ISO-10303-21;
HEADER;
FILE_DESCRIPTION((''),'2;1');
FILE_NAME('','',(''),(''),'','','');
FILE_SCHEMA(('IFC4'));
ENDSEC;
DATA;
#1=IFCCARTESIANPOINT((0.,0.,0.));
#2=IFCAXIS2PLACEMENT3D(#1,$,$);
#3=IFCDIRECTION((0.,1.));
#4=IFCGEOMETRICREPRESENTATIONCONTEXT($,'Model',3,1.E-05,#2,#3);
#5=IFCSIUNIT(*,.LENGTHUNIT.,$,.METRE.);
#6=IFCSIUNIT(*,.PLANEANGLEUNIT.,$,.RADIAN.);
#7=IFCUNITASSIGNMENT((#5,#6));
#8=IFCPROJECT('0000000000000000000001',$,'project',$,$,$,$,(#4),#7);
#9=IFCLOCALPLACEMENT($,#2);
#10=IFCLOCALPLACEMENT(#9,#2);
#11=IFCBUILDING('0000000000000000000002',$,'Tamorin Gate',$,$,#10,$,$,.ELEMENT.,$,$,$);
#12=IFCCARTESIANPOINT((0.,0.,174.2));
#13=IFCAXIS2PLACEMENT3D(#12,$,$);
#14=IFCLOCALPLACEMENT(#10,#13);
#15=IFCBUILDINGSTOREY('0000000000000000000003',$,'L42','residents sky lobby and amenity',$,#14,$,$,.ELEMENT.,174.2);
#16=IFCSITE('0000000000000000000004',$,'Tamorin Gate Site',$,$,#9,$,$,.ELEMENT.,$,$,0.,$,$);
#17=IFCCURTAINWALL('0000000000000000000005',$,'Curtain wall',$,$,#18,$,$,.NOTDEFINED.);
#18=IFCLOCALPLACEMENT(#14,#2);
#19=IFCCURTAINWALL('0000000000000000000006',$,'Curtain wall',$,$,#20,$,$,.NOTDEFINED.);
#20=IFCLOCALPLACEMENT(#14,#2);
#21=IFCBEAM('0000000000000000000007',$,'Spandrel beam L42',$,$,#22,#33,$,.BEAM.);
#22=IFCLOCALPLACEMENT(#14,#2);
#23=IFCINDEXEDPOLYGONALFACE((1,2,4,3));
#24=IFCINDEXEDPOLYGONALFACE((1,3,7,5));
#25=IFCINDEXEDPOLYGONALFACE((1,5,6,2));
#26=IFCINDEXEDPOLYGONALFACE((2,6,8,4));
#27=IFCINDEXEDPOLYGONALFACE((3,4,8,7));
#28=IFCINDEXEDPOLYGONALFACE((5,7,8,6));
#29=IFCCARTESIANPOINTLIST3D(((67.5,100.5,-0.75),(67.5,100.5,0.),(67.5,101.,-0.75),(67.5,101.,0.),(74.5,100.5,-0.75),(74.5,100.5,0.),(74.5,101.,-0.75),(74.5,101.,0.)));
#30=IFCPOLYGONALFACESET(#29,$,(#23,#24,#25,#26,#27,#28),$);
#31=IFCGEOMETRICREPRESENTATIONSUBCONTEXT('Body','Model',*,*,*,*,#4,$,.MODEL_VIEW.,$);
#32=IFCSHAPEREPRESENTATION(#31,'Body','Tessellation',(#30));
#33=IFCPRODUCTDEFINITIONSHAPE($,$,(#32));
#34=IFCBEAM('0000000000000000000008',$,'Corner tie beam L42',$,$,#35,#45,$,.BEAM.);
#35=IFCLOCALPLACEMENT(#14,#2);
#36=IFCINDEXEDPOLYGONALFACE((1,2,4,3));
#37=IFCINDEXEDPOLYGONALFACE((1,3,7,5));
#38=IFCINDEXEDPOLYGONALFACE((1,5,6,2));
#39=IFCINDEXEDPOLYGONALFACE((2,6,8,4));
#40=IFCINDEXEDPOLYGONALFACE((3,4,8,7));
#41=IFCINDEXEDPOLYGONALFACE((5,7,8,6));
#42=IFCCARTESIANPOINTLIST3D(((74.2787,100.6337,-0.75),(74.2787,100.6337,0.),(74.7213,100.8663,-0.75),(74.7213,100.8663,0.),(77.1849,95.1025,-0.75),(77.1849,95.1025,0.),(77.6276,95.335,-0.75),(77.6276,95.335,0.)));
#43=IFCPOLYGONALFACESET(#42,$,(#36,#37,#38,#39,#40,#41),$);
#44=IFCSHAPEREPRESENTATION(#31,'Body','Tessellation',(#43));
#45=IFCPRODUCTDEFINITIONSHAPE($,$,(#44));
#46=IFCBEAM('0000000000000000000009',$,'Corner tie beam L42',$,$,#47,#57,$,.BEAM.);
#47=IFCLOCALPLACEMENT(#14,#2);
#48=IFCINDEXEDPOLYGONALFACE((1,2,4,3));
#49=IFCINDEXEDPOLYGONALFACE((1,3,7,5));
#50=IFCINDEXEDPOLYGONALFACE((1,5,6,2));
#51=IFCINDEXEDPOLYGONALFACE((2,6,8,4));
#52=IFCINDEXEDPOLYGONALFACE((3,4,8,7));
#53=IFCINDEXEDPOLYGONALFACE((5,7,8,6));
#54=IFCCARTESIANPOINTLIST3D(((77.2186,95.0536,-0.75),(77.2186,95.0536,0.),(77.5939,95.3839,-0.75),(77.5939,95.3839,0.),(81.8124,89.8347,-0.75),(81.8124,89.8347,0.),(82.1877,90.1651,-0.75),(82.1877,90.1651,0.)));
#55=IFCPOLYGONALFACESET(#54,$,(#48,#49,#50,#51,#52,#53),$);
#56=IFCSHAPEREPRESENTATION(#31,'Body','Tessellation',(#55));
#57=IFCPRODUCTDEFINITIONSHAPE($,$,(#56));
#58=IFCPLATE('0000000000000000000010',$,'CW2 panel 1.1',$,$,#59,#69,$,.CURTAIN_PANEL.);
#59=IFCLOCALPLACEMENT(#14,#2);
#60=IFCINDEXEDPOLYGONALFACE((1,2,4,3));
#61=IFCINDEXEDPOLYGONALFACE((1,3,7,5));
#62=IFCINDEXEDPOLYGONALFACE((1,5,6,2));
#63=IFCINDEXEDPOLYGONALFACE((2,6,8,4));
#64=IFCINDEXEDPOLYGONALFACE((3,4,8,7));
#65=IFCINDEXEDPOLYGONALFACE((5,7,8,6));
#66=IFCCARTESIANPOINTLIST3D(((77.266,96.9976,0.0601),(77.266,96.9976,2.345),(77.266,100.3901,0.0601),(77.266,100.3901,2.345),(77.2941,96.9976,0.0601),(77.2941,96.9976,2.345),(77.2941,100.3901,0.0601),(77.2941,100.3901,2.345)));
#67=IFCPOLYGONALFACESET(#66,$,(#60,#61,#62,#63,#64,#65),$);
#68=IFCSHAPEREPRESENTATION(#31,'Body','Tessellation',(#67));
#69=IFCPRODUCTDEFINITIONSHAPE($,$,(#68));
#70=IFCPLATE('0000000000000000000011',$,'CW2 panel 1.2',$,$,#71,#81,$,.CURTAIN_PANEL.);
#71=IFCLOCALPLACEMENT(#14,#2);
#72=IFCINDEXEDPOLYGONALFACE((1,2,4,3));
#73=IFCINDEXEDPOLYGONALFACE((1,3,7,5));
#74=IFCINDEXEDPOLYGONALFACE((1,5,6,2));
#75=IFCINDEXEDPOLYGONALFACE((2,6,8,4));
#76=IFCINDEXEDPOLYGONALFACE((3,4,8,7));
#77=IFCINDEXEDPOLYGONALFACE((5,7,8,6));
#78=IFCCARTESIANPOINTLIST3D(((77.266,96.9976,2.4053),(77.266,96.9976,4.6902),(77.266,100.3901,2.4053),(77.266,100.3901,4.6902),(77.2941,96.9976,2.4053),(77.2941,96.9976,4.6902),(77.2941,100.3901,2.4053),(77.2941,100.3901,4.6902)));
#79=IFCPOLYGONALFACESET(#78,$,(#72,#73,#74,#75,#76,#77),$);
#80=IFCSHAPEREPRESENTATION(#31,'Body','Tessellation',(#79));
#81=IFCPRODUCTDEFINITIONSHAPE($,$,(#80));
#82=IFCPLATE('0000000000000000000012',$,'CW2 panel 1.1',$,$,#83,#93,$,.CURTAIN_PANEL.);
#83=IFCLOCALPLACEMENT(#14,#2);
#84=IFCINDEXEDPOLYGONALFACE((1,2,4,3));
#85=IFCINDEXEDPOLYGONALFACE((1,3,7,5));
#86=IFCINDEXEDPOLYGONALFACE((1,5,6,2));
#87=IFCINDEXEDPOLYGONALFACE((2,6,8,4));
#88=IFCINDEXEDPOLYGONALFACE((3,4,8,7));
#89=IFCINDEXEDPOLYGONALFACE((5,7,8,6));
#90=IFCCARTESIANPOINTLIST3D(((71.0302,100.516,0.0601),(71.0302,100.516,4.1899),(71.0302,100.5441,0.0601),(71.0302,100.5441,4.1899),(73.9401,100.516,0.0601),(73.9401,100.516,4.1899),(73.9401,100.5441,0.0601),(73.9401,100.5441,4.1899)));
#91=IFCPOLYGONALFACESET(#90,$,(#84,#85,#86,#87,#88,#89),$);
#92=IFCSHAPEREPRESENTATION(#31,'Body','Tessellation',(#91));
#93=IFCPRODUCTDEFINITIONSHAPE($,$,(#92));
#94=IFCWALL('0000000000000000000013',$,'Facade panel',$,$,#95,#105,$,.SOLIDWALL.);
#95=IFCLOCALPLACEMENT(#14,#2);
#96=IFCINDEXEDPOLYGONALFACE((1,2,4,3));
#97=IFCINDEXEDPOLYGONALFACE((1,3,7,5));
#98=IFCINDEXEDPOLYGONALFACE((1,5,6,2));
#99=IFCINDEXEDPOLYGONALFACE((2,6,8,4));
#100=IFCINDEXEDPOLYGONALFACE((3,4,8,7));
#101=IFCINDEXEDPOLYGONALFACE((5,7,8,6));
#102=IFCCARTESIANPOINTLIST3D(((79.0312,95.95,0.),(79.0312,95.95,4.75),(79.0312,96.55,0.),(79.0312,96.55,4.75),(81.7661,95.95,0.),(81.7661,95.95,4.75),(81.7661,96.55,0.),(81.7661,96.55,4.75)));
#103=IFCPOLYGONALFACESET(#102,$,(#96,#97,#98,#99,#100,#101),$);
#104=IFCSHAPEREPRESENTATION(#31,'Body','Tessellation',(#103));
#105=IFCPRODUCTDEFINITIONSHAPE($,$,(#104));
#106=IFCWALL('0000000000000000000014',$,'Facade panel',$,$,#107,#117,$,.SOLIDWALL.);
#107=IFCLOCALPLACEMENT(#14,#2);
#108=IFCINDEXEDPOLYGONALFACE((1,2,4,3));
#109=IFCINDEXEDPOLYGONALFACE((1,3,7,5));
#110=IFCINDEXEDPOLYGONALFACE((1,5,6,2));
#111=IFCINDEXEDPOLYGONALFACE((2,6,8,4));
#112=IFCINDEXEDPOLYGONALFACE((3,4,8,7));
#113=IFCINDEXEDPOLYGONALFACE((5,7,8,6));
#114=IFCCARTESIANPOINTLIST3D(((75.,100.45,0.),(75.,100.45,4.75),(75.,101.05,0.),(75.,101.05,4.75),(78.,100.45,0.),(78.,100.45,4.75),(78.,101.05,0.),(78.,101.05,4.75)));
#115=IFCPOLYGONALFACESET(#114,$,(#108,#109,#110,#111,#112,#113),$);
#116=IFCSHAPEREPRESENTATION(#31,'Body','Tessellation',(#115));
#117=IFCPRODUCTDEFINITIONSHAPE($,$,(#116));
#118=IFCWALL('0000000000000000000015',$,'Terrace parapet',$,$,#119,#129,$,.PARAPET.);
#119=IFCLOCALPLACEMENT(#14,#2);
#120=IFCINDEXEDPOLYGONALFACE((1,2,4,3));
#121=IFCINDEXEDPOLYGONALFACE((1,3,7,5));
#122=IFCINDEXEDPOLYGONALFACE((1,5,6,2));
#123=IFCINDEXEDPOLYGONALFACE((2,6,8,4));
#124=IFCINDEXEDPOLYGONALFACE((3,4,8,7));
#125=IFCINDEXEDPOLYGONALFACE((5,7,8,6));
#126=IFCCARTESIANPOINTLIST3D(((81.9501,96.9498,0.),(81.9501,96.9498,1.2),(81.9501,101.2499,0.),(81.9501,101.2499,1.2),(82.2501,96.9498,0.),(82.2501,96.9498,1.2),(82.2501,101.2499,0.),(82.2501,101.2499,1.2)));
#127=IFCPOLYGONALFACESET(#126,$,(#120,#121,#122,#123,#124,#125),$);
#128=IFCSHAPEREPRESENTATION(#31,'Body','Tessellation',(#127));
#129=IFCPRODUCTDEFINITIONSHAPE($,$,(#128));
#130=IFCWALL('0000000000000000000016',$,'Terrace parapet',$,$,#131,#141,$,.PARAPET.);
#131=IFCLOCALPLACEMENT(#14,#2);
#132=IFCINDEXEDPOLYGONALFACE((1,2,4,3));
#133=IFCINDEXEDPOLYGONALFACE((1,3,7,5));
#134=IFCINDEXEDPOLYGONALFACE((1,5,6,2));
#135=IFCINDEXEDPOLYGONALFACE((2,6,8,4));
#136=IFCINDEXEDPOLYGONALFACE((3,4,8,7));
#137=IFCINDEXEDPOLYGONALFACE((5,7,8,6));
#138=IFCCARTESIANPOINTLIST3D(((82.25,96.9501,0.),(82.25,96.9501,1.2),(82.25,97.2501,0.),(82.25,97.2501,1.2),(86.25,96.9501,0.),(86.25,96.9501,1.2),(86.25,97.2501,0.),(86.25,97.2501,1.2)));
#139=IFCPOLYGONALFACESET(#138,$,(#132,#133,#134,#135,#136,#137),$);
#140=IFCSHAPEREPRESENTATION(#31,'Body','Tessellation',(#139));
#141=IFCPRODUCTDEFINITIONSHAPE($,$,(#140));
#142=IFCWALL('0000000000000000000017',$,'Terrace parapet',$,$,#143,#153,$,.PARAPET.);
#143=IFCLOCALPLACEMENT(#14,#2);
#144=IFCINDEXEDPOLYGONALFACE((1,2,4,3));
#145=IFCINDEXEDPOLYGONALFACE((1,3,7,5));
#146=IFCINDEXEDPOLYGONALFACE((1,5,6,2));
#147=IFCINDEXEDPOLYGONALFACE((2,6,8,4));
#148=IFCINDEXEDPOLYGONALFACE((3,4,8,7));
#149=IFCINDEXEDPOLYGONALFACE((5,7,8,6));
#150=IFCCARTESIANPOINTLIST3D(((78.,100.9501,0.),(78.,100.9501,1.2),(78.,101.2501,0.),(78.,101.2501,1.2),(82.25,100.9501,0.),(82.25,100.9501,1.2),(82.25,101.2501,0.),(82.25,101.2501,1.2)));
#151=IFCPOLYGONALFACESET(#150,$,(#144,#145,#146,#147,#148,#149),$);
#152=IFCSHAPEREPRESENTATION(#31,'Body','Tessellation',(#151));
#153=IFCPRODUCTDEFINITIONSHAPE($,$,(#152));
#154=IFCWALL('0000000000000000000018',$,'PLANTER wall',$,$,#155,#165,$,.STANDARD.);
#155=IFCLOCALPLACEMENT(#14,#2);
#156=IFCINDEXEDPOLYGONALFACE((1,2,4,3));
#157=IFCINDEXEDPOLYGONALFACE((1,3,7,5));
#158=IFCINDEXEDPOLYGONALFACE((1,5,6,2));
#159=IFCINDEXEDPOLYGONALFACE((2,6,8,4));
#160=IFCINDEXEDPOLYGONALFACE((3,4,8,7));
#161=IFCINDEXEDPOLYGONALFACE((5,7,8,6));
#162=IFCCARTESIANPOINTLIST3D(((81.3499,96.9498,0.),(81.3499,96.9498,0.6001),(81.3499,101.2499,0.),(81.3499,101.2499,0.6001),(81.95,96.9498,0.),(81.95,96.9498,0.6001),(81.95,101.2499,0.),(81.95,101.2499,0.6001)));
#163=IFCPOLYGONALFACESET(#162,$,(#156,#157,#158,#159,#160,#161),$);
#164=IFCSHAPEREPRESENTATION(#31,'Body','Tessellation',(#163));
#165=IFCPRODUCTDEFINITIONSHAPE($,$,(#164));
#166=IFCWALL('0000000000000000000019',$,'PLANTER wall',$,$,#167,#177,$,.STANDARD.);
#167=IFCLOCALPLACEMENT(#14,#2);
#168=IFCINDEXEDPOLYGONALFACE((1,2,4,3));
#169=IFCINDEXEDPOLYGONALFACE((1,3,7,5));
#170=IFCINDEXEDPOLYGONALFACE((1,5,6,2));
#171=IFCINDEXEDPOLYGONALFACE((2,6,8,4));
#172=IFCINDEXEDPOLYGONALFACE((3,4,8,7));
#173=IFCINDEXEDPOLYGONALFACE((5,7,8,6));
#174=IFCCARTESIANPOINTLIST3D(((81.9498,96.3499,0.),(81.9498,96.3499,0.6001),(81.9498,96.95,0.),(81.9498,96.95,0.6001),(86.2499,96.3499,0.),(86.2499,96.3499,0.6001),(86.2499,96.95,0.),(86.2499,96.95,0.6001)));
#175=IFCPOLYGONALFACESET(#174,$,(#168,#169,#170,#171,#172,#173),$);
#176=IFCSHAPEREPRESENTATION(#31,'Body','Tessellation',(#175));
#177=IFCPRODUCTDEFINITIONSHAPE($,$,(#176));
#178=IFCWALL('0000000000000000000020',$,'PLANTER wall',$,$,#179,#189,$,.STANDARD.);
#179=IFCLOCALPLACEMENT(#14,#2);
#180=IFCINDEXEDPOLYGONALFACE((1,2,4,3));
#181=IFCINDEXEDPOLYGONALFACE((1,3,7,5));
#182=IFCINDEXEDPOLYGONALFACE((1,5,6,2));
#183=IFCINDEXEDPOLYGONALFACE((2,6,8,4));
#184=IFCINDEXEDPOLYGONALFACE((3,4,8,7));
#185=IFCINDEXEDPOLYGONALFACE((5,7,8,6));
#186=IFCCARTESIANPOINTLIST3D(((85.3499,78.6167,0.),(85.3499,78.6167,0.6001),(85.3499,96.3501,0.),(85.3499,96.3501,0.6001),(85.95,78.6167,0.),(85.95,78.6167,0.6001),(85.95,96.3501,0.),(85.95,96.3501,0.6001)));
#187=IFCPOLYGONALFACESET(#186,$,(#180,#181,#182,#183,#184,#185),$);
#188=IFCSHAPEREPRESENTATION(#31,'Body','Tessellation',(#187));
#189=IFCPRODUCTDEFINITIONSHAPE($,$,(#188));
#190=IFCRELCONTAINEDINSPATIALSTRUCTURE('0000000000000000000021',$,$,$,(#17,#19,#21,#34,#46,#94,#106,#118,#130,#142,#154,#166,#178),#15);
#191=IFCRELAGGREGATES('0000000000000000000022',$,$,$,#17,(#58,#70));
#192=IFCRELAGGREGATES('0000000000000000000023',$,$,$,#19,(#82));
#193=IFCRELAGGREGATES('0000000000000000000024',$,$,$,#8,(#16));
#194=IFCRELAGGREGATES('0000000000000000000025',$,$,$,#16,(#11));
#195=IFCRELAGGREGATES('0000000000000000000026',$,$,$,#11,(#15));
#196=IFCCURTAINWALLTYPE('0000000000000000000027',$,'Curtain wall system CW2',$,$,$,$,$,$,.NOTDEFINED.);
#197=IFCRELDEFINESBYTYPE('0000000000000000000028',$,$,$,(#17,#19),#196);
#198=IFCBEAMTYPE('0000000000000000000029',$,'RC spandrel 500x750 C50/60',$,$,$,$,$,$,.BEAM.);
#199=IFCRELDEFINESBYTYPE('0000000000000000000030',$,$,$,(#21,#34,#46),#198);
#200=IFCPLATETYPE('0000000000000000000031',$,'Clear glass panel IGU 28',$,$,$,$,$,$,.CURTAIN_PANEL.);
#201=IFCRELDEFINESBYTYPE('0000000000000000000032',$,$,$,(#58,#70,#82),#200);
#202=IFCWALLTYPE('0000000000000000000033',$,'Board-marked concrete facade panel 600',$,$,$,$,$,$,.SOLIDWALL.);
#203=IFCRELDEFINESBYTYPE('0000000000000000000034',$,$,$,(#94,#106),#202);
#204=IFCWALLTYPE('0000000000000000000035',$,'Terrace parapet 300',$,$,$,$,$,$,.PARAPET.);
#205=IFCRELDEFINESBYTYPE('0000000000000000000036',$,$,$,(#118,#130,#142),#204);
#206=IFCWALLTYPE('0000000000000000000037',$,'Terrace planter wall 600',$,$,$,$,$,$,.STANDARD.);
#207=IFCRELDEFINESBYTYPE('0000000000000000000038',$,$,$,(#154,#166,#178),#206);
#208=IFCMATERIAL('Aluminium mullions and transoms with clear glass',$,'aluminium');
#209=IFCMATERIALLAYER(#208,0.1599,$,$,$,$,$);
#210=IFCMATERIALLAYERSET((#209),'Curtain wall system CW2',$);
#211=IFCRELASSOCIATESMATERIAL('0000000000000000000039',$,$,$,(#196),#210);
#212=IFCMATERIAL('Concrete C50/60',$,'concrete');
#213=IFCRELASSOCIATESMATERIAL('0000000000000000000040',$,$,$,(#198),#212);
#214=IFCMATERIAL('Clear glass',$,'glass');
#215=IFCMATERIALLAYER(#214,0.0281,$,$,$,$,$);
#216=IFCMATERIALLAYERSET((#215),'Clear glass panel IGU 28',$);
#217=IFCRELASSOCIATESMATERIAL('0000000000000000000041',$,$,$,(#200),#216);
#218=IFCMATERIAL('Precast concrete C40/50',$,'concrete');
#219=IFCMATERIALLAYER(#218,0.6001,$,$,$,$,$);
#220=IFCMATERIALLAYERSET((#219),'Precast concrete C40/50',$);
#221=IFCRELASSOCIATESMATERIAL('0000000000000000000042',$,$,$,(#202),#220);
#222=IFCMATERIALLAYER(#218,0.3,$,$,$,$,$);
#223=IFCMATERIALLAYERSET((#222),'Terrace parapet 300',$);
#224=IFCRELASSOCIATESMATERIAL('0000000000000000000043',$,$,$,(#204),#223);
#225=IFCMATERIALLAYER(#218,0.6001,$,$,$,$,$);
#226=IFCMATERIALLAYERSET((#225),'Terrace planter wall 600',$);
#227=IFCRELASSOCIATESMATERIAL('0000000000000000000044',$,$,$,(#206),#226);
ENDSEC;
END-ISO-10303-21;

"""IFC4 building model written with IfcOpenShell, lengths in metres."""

from ifc_helpers import new_model, si_unit, direction, frame, frame_2d, origin, origin_2d, place, context, subcontext, project, spatial, rectangle, extrude, material, layer, layer_set, material_profile, profile_set, type_object, element, aggregate, save


model = new_model("IFC4")

# Units and contexts
model_context = context("Model", 3, precision=1e-05, world=origin(), true_north=direction((0.0, 1.0)))
body_context = subcontext(model_context, "Body", "Model", "MODEL_VIEW")
ifc_project = project(units=[si_unit("LENGTHUNIT", "METRE"), si_unit("PLANEANGLEUNIT", "RADIAN")], contexts=[model_context])

# Site, building, storey
site_placement = place(None, origin())
site = spatial("IfcSite", under=ifc_project, at=site_placement, Name="Tamorin Gate Site", CompositionType="ELEMENT", RefElevation=0.0)
building_placement = place(site_placement, origin())
building = spatial("IfcBuilding", under=site, at=building_placement, Name="Tamorin Gate", CompositionType="ELEMENT")
storey_placement = place(building_placement, frame((0.0, 0.0, 174.2)))
storey = spatial("IfcBuildingStorey", under=building, at=storey_placement, Name="L42", Description="residents sky lobby and amenity", CompositionType="ELEMENT", Elevation=174.2)

# Shared definitions
ifc_material_1 = material(Name="Aluminium mullions and transoms with clear glass", Category="aluminium")
ifc_layer_1 = layer(ifc_material_1, 0.1599)
ifc_layer_set_1 = layer_set([ifc_layer_1], Name="Curtain wall system CW2")
curtain_wall_type = type_object("IfcCurtainWallType", Name="Curtain wall system CW2", PredefinedType="NOTDEFINED", material=ifc_layer_set_1)

# Curtain walls
curtain_wall_1_placement = place(storey_placement, origin())
curtain_wall_1 = element("IfcCurtainWall", 1, at=curtain_wall_1_placement, inside=storey, type_object=curtain_wall_type, Name="Curtain wall", PredefinedType="NOTDEFINED")
curtain_wall_2_placement = place(storey_placement, origin())
curtain_wall_2 = element("IfcCurtainWall", 2, at=curtain_wall_2_placement, inside=storey, type_object=curtain_wall_type, Name="Curtain wall", PredefinedType="NOTDEFINED")

# Beams
ifc_material_2 = material(Name="Concrete C50/60", Category="concrete")
ifc_material_profile_1 = material_profile(ifc_material_2, rectangle(XDim=0.5, YDim=0.75, at=origin_2d()), Name="RC 500x750")
ifc_profile_set_1 = profile_set([ifc_material_profile_1], Name="Concrete C50/60")
beam_type = type_object("IfcBeamType", Name="RC spandrel 500x750 C50/60", PredefinedType="BEAM", material=ifc_profile_set_1)
beam_1_placement = place(storey_placement, frame((74.5, 100.75, -0.375), z_axis=(-1.0, 0.0, 0.0), x_axis=(0.0, -1.0, 0.0)))
element("IfcBeam", 3, at=beam_1_placement, inside=storey, type_object=beam_type, Name="Spandrel beam L42", PredefinedType="BEAM", context=body_context, shape_type="SweptSolid", body=[
    extrude(rectangle(XDim=0.5, YDim=0.75, at=origin_2d()), origin(), (0.0, 0.0, 1.0), 7.0),
])
beam_2_placement = place(storey_placement, frame((77.4062, 95.2188, -0.375), z_axis=(-0.465128, 0.885243, 0.0), x_axis=(-0.885243, -0.465128, 0.0)))
element("IfcBeam", 4, at=beam_2_placement, inside=storey, type_object=beam_type, Name="Corner tie beam L42", PredefinedType="BEAM", context=body_context, shape_type="SweptSolid", body=[
    extrude(rectangle(XDim=0.5, YDim=0.75, at=origin_2d()), origin(), (0.0, 0.0, 1.0), 6.2483),
])
beam_3_placement = place(storey_placement, frame((77.4062, 95.2188, -0.375), z_axis=(0.660729, -0.750624, 0.0), x_axis=(0.750624, 0.660729, 0.0)))
element("IfcBeam", 5, at=beam_3_placement, inside=storey, type_object=beam_type, Name="Corner tie beam L42", PredefinedType="BEAM", context=body_context, shape_type="SweptSolid", body=[
    extrude(rectangle(XDim=0.5, YDim=0.75, at=origin_2d()), origin(), (0.0, 0.0, 1.0), 6.9526),
])

# Plates
ifc_material_3 = material(Name="Clear glass", Category="glass")
ifc_layer_2 = layer(ifc_material_3, 0.0281)
ifc_layer_set_2 = layer_set([ifc_layer_2], Name="Clear glass panel IGU 28")
plate_type = type_object("IfcPlateType", Name="Clear glass panel IGU 28", PredefinedType="CURTAIN_PANEL", material=ifc_layer_set_2)
plate_1_placement = place(storey_placement, frame((77.28, 98.6938, 0.0601), z_axis=(0.0, 0.0, 1.0), x_axis=(0.0, 1.0, 0.0)))
plate_1 = element("IfcPlate", 6, at=plate_1_placement, type_object=plate_type, Name="CW2 panel 1.1", PredefinedType="CURTAIN_PANEL", context=body_context, shape_type="SweptSolid", body=[
    extrude(rectangle(XDim=3.3926, YDim=0.0281, at=origin_2d()), origin(), (0.0, 0.0, 1.0), 2.2849),
])
plate_2_placement = place(storey_placement, frame((77.28, 98.6938, 2.4053), z_axis=(0.0, 0.0, 1.0), x_axis=(0.0, 1.0, 0.0)))
plate_2 = element("IfcPlate", 7, at=plate_2_placement, type_object=plate_type, Name="CW2 panel 1.2", PredefinedType="CURTAIN_PANEL", context=body_context, shape_type="SweptSolid", body=[
    extrude(rectangle(XDim=3.3926, YDim=0.0281, at=origin_2d()), origin(), (0.0, 0.0, 1.0), 2.2849),
])
aggregate(curtain_wall_1, [plate_1, plate_2])
plate_3_placement = place(storey_placement, frame((72.4851, 100.53, 0.0601), z_axis=(0.0, 0.0, 1.0), x_axis=(-1.0, 0.0, 0.0)))
plate_3 = element("IfcPlate", 8, at=plate_3_placement, type_object=plate_type, Name="CW2 panel 1.1", PredefinedType="CURTAIN_PANEL", context=body_context, shape_type="SweptSolid", body=[
    extrude(rectangle(XDim=2.9099, YDim=0.0281, at=origin_2d()), origin(), (0.0, 0.0, 1.0), 4.1299),
])
aggregate(curtain_wall_2, [plate_3])

# Walls
ifc_material_4 = material(Name="Precast concrete C40/50", Category="concrete")
ifc_layer_3 = layer(ifc_material_4, 0.6001)
ifc_layer_set_3 = layer_set([ifc_layer_3], Name="Precast concrete C40/50")
wall_type_1 = type_object("IfcWallType", Name="Board-marked concrete facade panel 600", PredefinedType="SOLIDWALL", material=ifc_layer_set_3)
wall_1_placement = place(storey_placement, frame((81.7661, 96.25, 0.0), z_axis=(0.0, 0.0, 1.0), x_axis=(-1.0, 0.0, 0.0)))
element("IfcWall", 9, at=wall_1_placement, inside=storey, type_object=wall_type_1, Name="Facade panel", PredefinedType="SOLIDWALL", context=body_context, shape_type="SweptSolid", body=[
    extrude(rectangle(XDim=2.7349, YDim=0.6001, at=frame_2d((1.3674, 0.0))), origin(), (0.0, 0.0, 1.0), 4.75),
])
wall_2_placement = place(storey_placement, frame((78.0, 100.75, 0.0), z_axis=(0.0, 0.0, 1.0), x_axis=(-1.0, 0.0, 0.0)))
element("IfcWall", 10, at=wall_2_placement, inside=storey, type_object=wall_type_1, Name="Facade panel", PredefinedType="SOLIDWALL", context=body_context, shape_type="SweptSolid", body=[
    extrude(rectangle(XDim=3.0, YDim=0.6001, at=frame_2d((1.5, 0.0))), origin(), (0.0, 0.0, 1.0), 4.75),
])
ifc_layer_4 = layer(ifc_material_4, 0.3)
ifc_layer_set_4 = layer_set([ifc_layer_4], Name="Terrace parapet 300")
wall_type_2 = type_object("IfcWallType", Name="Terrace parapet 300", PredefinedType="PARAPET", material=ifc_layer_set_4)
wall_3_placement = place(storey_placement, frame((82.1001, 96.95, 0.0), z_axis=(0.0, 0.0, 1.0), x_axis=(0.0, 1.0, 0.0)))
element("IfcWall", 11, at=wall_3_placement, inside=storey, type_object=wall_type_2, Name="Terrace parapet", PredefinedType="PARAPET", context=body_context, shape_type="SweptSolid", body=[
    extrude(rectangle(XDim=4.3, YDim=0.3, at=frame_2d((2.1499, 0.0))), origin(), (0.0, 0.0, 1.0), 1.2),
])
wall_4_placement = place(storey_placement, frame((82.25, 97.1001, 0.0), z_axis=(0.0, 0.0, 1.0), x_axis=(1.0, 0.0, 0.0)))
element("IfcWall", 12, at=wall_4_placement, inside=storey, type_object=wall_type_2, Name="Terrace parapet", PredefinedType="PARAPET", context=body_context, shape_type="SweptSolid", body=[
    extrude(rectangle(XDim=4.0, YDim=0.3, at=frame_2d((2.0, 0.0))), origin(), (0.0, 0.0, 1.0), 1.2),
])
wall_5_placement = place(storey_placement, frame((78.0, 101.1001, 0.0), z_axis=(0.0, 0.0, 1.0), x_axis=(1.0, 0.0, 0.0)))
element("IfcWall", 13, at=wall_5_placement, inside=storey, type_object=wall_type_2, Name="Terrace parapet", PredefinedType="PARAPET", context=body_context, shape_type="SweptSolid", body=[
    extrude(rectangle(XDim=4.25, YDim=0.3, at=frame_2d((2.125, 0.0))), origin(), (0.0, 0.0, 1.0), 1.2),
])
ifc_layer_5 = layer(ifc_material_4, 0.6001)
ifc_layer_set_5 = layer_set([ifc_layer_5], Name="Terrace planter wall 600")
wall_type_3 = type_object("IfcWallType", Name="Terrace planter wall 600", PredefinedType="STANDARD", material=ifc_layer_set_5)
for number, where, z_axis, x_axis, name in (
    (14, (81.6499, 96.95, 0.0), (0.0, 0.0, 1.0), (0.0, 1.0, 0.0), "PLANTER wall"),
    (15, (81.95, 96.6499, 0.0), (0.0, 0.0, 1.0), (1.0, 0.0, 0.0), "PLANTER wall"),
):
    element("IfcWall", number, at=place(storey_placement, frame(where, z_axis=z_axis, x_axis=x_axis)), inside=storey, type_object=wall_type_3, Name=name, PredefinedType="STANDARD", context=body_context, shape_type="SweptSolid", body=[
        extrude(rectangle(XDim=4.3, YDim=0.6001, at=frame_2d((2.1499, 0.0))), origin(), (0.0, 0.0, 1.0), 0.6001),
    ])
wall_6_placement = place(storey_placement, frame((85.6499, 96.3501, 0.0), z_axis=(0.0, 0.0, 1.0), x_axis=(0.0, -1.0, 0.0)))
element("IfcWall", 16, at=wall_6_placement, inside=storey, type_object=wall_type_3, Name="PLANTER wall", PredefinedType="STANDARD", context=body_context, shape_type="SweptSolid", body=[
    extrude(rectangle(XDim=17.7334, YDim=0.6001, at=frame_2d((8.8667, 0.0))), origin(), (0.0, 0.0, 1.0), 0.6001),
])

save(model, "model.ifc")
